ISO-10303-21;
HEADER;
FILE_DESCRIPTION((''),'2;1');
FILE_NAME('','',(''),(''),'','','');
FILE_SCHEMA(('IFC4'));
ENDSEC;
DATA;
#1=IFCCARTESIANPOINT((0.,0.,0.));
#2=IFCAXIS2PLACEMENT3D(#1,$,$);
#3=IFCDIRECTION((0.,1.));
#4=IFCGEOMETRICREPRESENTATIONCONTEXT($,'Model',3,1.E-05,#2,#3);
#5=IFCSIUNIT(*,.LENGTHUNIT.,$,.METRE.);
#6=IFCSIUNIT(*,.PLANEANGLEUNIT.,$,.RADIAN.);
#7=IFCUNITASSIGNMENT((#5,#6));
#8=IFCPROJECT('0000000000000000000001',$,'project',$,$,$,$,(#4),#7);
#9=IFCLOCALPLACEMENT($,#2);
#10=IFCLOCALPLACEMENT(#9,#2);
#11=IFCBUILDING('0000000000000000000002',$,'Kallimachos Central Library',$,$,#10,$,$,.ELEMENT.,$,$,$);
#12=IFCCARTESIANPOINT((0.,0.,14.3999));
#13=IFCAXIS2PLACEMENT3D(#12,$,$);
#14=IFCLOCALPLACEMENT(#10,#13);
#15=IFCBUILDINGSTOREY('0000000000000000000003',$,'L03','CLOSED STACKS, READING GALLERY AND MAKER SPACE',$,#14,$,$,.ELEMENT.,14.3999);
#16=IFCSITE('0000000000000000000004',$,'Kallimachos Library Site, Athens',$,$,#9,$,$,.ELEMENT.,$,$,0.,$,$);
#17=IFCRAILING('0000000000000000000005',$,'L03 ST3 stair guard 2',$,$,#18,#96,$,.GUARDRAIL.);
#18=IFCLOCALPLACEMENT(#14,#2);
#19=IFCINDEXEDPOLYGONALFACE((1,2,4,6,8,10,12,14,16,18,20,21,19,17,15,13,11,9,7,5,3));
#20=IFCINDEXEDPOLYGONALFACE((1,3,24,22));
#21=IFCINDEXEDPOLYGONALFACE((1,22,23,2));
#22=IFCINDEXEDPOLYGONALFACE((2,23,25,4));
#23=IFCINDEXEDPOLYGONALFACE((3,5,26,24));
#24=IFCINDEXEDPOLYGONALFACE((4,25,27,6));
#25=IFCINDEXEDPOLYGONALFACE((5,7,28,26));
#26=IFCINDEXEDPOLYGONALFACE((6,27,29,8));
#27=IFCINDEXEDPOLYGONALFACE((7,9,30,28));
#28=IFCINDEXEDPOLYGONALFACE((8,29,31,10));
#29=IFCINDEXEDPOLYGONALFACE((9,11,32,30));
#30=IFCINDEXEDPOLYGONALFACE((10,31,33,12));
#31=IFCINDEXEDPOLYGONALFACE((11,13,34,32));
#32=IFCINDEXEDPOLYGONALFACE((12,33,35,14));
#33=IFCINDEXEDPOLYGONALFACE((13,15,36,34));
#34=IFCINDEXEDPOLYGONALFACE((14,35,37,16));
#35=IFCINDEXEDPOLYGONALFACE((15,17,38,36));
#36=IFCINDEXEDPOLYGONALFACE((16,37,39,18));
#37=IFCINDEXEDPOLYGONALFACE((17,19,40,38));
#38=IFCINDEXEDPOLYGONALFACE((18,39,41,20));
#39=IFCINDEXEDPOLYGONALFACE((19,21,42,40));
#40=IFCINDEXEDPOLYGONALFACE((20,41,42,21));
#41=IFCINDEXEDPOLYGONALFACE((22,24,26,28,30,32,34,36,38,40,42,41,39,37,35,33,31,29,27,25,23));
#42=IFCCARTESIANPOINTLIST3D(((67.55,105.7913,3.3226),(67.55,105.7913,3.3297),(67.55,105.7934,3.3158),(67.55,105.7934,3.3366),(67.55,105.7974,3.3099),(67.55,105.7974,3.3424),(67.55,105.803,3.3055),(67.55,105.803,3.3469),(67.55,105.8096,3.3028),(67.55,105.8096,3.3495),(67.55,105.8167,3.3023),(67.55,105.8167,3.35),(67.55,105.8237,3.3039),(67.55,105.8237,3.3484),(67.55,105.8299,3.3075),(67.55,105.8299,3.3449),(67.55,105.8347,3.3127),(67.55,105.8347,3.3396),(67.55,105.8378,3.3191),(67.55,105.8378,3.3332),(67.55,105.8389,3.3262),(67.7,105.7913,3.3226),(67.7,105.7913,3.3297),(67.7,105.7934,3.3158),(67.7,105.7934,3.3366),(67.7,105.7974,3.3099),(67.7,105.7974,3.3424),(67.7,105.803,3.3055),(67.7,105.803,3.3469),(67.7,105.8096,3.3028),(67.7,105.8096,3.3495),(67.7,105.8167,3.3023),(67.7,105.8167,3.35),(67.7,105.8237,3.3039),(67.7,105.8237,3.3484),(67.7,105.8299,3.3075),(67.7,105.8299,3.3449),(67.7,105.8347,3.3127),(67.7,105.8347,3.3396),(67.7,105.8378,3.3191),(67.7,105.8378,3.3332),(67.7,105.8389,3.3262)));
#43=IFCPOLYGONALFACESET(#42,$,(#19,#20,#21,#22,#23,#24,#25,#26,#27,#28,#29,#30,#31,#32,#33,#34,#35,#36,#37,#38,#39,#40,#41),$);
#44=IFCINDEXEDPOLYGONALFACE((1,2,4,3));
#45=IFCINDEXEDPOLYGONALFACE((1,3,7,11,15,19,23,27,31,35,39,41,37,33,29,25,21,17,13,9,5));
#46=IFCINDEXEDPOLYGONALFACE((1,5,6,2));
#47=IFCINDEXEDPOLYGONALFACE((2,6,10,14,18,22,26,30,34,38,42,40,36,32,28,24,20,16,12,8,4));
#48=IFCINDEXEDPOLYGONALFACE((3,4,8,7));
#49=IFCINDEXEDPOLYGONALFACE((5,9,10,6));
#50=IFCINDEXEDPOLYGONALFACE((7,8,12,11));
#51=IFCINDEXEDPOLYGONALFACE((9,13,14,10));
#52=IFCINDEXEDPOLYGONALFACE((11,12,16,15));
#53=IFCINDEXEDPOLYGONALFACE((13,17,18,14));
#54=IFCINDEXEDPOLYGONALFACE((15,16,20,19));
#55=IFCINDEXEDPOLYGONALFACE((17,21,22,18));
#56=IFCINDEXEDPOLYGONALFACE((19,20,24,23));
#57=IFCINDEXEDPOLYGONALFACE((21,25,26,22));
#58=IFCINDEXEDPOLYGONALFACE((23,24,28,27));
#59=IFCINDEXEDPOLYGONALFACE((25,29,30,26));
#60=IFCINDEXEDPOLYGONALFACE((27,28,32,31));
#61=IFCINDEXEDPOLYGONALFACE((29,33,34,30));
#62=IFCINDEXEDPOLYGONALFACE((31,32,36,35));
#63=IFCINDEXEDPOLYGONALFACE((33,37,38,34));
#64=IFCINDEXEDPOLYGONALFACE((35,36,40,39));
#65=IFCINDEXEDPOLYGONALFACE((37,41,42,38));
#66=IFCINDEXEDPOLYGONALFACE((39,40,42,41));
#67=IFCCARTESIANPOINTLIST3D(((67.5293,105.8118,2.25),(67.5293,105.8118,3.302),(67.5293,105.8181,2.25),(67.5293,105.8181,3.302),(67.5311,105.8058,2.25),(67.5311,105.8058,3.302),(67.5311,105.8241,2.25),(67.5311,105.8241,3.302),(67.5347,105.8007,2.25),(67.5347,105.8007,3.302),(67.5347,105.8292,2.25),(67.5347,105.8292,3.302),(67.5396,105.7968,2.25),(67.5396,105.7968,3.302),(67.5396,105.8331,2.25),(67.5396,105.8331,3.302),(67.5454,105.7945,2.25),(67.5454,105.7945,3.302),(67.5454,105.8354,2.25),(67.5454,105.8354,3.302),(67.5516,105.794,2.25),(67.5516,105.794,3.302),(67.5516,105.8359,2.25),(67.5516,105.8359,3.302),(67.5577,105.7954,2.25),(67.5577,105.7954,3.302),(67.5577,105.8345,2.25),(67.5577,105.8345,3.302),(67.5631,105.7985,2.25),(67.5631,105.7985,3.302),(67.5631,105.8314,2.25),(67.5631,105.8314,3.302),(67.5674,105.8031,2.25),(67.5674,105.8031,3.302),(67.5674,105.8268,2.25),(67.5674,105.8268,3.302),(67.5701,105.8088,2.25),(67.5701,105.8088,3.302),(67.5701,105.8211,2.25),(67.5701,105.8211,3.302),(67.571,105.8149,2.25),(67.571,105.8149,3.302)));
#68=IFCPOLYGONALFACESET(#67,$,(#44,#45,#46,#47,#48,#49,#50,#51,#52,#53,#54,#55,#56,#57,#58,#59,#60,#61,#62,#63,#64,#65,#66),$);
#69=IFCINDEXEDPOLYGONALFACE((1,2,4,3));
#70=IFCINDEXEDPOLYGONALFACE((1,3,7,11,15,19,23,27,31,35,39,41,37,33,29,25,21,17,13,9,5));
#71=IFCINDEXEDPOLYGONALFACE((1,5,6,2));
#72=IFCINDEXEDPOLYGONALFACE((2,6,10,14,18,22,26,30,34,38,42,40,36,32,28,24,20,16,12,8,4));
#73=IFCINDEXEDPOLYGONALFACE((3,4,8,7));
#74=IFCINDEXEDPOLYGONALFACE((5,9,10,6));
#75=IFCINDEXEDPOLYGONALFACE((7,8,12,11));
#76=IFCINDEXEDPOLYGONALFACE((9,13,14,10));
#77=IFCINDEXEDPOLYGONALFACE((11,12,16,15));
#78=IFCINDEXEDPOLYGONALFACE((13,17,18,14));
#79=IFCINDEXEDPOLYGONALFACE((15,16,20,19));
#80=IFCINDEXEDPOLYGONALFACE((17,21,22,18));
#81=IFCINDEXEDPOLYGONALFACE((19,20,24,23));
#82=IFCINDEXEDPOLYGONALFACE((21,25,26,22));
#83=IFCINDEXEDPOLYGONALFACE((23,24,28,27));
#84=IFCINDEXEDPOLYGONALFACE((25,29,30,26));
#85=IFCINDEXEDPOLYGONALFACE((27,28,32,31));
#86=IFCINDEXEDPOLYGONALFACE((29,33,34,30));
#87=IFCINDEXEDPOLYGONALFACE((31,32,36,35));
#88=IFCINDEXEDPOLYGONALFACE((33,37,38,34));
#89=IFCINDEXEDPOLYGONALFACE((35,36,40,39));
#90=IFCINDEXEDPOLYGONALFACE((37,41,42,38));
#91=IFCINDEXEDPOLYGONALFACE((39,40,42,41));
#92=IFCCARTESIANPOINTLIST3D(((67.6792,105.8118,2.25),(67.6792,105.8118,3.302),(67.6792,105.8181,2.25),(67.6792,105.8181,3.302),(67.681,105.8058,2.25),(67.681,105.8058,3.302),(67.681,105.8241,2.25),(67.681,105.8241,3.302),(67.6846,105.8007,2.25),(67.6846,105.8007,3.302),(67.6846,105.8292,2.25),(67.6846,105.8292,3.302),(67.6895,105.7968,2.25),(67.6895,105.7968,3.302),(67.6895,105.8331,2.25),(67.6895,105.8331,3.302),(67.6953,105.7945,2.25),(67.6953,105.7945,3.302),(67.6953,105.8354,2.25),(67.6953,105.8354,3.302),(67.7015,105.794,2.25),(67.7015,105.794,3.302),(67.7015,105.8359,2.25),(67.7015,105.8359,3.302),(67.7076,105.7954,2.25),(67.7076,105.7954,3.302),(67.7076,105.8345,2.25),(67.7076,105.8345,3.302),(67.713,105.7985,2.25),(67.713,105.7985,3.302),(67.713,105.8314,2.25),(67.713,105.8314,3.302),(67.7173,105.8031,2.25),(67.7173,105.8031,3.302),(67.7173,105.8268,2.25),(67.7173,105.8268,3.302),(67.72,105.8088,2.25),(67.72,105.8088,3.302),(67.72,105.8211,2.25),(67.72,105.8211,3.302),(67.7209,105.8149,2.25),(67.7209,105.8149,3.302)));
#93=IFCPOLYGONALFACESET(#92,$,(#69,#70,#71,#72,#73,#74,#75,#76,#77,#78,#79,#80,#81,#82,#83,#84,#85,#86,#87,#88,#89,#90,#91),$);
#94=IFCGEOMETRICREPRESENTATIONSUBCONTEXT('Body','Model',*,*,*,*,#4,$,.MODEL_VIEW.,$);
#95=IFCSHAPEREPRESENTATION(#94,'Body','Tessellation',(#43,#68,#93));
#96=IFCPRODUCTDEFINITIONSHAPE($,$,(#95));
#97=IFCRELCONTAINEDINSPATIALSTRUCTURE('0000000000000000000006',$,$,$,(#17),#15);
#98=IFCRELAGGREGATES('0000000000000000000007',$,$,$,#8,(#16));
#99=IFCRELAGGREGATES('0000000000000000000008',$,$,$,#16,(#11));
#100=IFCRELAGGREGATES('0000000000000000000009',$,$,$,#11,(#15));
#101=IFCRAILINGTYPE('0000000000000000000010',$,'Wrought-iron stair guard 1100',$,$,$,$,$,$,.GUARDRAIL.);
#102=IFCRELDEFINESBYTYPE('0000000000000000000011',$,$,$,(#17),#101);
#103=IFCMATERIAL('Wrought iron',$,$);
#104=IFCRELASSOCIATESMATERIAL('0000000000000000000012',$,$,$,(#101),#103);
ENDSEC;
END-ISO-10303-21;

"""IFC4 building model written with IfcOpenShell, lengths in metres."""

from ifc_helpers import new_model, si_unit, direction, frame, origin, origin_2d, place, context, subcontext, project, spatial, circle, extrude, material, type_object, element, save


model = new_model("IFC4")

# Units and contexts
model_context = context("Model", 3, precision=1e-05, world=origin(), true_north=direction((0.0, 1.0)))
body_context = subcontext(model_context, "Body", "Model", "MODEL_VIEW")
ifc_project = project(units=[si_unit("LENGTHUNIT", "METRE"), si_unit("PLANEANGLEUNIT", "RADIAN")], contexts=[model_context])

# Site, building, storey
site_placement = place(None, origin())
site = spatial("IfcSite", under=ifc_project, at=site_placement, Name="Kallimachos Library Site, Athens", CompositionType="ELEMENT", RefElevation=0.0)
building_placement = place(site_placement, origin())
building = spatial("IfcBuilding", under=site, at=building_placement, Name="Kallimachos Central Library", CompositionType="ELEMENT")
storey_placement = place(building_placement, frame((0.0, 0.0, 14.3999)))
storey = spatial("IfcBuildingStorey", under=building, at=storey_placement, Name="L03", Description="CLOSED STACKS, READING GALLERY AND MAKER SPACE", CompositionType="ELEMENT", Elevation=14.3999)

# Railing
ifc_material_1 = material(Name="Wrought iron")
railing_type_1 = type_object("IfcRailingType", Name="Wrought-iron stair guard 1100", PredefinedType="GUARDRAIL", material=ifc_material_1)
railing_1_placement = place(storey_placement, frame((67.55, 105.8149, 2.25)))
element("IfcRailing", 1, at=railing_1_placement, inside=storey, type_object=railing_type_1, Name="L03 ST3 stair guard 2", PredefinedType="GUARDRAIL", context=body_context, shape_type="SweptSolid", body=[
    extrude(circle(Radius=0.0239, at=origin_2d()), frame((0.0, 0.0, 1.0762), z_axis=(1.0, 0.0, 0.0), x_axis=(0.0, 1.0, 0.0)), (0.0, 0.0, 1.0), 0.1499),
    extrude(circle(Radius=0.021, at=origin_2d()), origin(), (0.0, 0.0, 1.0), 1.052),
    extrude(circle(Radius=0.021, at=origin_2d()), frame((0.1499, 0.0, 0.0)), (0.0, 0.0, 1.0), 1.052),
])

save(model, "model.ifc")
